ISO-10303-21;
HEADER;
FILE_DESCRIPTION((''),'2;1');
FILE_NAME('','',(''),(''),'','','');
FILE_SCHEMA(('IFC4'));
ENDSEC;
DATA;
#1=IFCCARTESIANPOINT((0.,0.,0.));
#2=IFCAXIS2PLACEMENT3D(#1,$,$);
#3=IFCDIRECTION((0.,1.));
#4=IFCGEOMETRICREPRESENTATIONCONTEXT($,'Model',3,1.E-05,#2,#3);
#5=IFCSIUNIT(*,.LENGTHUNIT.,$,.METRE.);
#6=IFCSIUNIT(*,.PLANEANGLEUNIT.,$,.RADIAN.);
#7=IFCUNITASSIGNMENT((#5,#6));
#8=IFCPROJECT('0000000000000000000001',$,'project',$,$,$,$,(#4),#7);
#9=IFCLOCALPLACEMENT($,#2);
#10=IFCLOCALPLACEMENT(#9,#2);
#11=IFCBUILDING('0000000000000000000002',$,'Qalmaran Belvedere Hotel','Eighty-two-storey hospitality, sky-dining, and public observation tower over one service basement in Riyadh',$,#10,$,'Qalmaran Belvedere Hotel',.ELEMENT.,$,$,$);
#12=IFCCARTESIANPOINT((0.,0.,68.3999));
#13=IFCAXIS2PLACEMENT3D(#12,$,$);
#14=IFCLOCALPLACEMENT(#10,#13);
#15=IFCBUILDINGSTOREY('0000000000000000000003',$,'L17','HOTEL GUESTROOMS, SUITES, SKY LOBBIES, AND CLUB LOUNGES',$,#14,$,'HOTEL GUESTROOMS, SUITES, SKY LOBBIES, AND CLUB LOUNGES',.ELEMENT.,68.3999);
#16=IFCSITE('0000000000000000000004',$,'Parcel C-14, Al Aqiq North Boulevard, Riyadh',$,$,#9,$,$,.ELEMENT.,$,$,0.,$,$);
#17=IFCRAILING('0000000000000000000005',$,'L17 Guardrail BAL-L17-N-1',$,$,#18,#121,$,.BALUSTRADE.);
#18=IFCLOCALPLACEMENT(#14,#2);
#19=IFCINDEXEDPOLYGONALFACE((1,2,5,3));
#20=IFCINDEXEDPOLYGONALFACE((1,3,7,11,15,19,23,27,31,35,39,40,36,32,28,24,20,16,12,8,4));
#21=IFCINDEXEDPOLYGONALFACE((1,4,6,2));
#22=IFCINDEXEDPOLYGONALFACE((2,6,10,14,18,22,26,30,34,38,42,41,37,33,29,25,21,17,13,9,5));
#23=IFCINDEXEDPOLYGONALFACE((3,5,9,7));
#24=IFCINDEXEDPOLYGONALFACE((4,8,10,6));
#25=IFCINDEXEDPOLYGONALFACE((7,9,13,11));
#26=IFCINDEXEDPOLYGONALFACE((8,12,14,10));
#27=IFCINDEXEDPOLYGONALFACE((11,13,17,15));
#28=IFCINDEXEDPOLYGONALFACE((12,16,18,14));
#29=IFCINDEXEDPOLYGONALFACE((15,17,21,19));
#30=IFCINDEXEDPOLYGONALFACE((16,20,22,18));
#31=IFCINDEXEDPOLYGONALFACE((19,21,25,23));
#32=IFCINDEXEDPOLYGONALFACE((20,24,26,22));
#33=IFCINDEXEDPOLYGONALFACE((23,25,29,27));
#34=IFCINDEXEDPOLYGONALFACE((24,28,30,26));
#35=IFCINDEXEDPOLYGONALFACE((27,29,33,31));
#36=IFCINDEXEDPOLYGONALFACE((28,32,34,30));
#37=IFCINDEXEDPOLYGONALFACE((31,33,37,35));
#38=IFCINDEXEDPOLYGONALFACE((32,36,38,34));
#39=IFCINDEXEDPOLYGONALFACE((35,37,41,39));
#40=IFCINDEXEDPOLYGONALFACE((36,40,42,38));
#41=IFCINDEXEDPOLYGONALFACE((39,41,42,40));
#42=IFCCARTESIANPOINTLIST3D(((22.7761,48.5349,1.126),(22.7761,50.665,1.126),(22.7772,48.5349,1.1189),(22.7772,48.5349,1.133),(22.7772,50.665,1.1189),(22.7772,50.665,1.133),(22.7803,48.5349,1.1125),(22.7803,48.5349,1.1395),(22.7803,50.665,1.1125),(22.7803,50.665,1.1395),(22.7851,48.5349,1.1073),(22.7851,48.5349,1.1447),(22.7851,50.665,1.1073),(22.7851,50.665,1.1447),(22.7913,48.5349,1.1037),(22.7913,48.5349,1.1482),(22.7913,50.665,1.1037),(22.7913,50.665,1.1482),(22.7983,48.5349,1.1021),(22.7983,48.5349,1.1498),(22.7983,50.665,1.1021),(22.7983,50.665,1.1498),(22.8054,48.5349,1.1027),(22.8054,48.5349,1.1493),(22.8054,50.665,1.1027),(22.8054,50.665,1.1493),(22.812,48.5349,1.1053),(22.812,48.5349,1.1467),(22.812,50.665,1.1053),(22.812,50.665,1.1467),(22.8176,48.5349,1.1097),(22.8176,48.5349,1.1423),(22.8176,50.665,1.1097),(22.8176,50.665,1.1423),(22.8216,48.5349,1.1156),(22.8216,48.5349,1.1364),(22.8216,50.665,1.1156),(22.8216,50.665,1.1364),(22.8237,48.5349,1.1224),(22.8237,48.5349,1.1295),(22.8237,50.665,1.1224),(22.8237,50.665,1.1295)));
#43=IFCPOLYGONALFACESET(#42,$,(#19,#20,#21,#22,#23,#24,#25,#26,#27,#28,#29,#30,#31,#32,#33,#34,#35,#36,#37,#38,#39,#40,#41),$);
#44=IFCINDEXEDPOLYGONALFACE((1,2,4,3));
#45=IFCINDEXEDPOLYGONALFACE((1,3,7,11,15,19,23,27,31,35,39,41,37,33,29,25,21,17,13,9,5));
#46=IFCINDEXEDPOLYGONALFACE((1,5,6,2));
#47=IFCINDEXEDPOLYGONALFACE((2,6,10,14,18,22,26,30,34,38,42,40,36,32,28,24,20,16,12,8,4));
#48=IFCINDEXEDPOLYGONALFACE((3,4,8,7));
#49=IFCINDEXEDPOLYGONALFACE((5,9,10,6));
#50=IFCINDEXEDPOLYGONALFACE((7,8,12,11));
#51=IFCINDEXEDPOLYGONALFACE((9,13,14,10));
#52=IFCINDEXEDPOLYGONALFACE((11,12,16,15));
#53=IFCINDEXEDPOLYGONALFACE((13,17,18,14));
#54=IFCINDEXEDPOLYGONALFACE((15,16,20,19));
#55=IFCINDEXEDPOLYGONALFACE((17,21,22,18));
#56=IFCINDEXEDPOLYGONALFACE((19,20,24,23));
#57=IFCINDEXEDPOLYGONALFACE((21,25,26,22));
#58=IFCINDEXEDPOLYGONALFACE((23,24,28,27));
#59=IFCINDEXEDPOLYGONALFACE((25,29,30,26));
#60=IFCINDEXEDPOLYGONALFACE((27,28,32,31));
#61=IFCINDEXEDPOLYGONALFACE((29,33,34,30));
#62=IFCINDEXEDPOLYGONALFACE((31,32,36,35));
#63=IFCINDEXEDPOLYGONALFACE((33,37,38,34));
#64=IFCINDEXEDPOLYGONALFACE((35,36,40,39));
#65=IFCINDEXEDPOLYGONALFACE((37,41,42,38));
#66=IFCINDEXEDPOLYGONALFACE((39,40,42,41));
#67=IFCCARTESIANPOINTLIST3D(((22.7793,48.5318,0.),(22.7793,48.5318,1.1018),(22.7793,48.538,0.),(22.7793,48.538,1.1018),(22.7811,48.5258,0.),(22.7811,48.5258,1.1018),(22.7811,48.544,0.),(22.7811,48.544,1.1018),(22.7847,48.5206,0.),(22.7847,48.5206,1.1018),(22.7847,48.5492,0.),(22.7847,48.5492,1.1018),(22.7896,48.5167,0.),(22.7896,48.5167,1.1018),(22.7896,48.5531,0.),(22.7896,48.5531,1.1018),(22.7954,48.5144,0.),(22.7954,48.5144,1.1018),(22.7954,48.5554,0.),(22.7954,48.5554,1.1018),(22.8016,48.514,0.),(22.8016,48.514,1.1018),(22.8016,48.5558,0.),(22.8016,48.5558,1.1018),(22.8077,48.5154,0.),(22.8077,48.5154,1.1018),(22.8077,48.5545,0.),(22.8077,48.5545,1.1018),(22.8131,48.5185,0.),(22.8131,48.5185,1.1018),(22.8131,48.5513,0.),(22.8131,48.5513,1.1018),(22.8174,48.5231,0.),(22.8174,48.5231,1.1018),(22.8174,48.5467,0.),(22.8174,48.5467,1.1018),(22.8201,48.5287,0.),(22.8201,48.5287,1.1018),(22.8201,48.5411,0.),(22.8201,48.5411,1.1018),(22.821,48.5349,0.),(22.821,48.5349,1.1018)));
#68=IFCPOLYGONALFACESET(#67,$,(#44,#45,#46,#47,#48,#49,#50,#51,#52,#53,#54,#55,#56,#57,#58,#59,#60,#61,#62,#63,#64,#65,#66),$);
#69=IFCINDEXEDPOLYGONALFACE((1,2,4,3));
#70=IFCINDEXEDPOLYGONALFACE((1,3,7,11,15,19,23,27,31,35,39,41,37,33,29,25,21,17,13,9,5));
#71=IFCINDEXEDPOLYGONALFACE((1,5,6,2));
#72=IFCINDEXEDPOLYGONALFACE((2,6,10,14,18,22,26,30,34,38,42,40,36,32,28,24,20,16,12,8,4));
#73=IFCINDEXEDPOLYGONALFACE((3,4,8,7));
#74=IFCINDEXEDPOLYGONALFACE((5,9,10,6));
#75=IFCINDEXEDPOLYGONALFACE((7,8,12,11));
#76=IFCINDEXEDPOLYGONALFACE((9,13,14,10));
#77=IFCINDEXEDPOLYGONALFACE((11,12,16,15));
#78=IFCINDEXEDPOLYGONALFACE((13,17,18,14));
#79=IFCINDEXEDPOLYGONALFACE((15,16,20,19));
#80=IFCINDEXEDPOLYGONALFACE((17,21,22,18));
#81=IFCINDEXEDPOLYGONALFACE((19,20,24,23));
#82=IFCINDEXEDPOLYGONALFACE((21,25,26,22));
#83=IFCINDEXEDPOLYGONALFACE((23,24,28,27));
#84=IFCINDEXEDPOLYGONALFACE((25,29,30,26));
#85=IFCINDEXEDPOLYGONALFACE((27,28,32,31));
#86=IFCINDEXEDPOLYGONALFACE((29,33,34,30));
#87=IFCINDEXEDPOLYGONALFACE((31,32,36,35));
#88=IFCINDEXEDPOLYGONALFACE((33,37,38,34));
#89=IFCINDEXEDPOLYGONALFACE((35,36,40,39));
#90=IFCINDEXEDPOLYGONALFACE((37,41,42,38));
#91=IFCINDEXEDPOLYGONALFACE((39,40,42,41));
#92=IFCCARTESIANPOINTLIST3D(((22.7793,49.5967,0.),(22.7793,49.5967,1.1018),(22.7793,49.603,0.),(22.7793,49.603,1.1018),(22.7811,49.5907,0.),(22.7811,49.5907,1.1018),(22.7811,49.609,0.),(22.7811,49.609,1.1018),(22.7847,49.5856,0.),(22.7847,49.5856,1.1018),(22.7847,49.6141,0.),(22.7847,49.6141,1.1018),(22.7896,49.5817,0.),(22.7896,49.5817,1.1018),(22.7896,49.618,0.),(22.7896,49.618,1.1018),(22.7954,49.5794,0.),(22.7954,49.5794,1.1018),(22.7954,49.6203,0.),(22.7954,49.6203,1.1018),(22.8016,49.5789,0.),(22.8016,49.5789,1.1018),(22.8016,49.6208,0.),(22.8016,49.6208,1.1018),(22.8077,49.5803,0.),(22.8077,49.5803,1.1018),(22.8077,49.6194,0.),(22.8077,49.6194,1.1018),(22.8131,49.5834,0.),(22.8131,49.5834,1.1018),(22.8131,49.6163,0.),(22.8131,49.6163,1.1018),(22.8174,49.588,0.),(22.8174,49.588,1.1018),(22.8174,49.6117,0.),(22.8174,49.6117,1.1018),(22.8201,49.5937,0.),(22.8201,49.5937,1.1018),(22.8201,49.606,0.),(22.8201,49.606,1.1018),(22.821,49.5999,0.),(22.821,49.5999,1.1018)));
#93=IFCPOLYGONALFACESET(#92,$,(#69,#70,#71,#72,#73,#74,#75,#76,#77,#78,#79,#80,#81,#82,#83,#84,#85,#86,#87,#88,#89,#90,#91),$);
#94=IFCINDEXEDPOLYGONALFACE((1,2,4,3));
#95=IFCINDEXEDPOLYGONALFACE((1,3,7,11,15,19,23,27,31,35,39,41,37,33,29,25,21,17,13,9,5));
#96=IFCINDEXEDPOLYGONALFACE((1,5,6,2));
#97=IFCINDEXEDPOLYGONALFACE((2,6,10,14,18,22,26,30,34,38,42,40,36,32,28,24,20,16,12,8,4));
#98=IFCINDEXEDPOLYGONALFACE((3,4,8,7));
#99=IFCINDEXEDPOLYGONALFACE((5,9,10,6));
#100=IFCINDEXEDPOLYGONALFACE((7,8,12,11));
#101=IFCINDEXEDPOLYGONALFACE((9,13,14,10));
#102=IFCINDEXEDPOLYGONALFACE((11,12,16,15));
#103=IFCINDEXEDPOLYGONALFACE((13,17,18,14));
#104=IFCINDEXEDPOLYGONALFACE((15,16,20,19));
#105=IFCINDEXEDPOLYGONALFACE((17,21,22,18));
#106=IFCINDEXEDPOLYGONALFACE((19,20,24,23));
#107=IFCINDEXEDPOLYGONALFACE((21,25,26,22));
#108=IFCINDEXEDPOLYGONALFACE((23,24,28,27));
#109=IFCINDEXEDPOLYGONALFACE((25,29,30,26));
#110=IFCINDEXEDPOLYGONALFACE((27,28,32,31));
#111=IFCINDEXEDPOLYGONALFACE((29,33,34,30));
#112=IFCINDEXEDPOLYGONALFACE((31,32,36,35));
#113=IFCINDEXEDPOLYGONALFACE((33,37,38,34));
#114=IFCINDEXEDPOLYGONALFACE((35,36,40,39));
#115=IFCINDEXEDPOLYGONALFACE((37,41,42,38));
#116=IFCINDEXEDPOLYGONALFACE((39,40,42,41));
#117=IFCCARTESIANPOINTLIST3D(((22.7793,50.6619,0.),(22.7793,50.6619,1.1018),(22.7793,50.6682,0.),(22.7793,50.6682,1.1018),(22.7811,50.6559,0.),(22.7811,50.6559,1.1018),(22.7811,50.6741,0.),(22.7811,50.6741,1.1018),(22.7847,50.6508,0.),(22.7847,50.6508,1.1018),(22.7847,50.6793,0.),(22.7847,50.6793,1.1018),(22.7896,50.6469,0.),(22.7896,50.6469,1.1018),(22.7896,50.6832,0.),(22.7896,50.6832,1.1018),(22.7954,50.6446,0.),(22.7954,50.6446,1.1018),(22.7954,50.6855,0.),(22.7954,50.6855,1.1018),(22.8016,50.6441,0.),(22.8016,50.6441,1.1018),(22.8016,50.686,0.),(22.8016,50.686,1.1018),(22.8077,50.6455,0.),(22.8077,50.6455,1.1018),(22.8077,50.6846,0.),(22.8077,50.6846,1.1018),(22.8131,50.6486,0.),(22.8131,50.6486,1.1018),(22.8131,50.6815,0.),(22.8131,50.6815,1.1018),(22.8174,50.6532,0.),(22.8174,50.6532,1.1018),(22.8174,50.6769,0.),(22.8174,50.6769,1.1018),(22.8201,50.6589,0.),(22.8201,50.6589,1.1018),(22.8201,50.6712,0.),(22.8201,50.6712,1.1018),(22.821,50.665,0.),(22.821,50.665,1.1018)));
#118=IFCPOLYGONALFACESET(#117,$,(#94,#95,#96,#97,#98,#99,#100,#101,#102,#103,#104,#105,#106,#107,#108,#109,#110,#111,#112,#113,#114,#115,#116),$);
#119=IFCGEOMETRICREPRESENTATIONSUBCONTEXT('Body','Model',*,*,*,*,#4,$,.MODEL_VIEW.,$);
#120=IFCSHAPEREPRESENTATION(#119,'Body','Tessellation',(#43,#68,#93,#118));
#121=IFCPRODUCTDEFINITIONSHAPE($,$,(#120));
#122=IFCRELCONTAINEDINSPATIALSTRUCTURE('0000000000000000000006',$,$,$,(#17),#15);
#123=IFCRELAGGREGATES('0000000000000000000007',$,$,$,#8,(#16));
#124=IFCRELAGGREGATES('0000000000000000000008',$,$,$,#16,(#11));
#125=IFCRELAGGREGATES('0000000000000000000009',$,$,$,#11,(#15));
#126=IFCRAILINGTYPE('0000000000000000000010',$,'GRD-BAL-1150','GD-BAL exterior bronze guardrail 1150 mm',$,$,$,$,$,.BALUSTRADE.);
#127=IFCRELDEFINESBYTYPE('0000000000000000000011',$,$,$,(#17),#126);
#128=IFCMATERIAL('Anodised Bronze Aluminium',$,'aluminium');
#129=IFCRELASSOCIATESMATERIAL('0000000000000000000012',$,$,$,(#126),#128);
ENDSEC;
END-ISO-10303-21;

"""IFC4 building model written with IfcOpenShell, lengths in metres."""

from ifc_helpers import new_model, si_unit, direction, frame, origin, origin_2d, place, context, subcontext, project, spatial, circle, extrude, material, type_object, element, save


model = new_model("IFC4")

# Units and contexts
model_context = context("Model", 3, precision=1e-05, world=origin(), true_north=direction((0.0, 1.0)))
body_context = subcontext(model_context, "Body", "Model", "MODEL_VIEW")
ifc_project = project(units=[si_unit("LENGTHUNIT", "METRE"), si_unit("PLANEANGLEUNIT", "RADIAN")], contexts=[model_context])

# Site, building, storey
site_placement = place(None, origin())
site = spatial("IfcSite", under=ifc_project, at=site_placement, Name="Parcel C-14, Al Aqiq North Boulevard, Riyadh", CompositionType="ELEMENT", RefElevation=0.0)
building_placement = place(site_placement, origin())
building = spatial("IfcBuilding", under=site, at=building_placement, Name="Qalmaran Belvedere Hotel", Description="Eighty-two-storey hospitality, sky-dining, and public observation tower over one service basement in Riyadh", LongName="Qalmaran Belvedere Hotel", CompositionType="ELEMENT")
storey_placement = place(building_placement, frame((0.0, 0.0, 68.3999)))
storey = spatial("IfcBuildingStorey", under=building, at=storey_placement, Name="L17", Description="HOTEL GUESTROOMS, SUITES, SKY LOBBIES, AND CLUB LOUNGES", LongName="HOTEL GUESTROOMS, SUITES, SKY LOBBIES, AND CLUB LOUNGES", CompositionType="ELEMENT", Elevation=68.3999)

# Shared definitions
ifc_material_1 = material(Name="Anodised Bronze Aluminium", Category="aluminium")

# Railing
railing_type = type_object("IfcRailingType", Name="GRD-BAL-1150", Description="GD-BAL exterior bronze guardrail 1150 mm", PredefinedType="BALUSTRADE", material=ifc_material_1)
railing_1_placement = place(storey_placement, frame((22.8, 48.5349, 0.0)))
element("IfcRailing", 1, at=railing_1_placement, inside=storey, type_object=railing_type, Name="L17 Guardrail BAL-L17-N-1", PredefinedType="BALUSTRADE", context=body_context, shape_type="SweptSolid", body=[
    extrude(circle(Radius=0.0239, at=origin_2d()), frame((0.0, 0.0, 1.126), z_axis=(0.0, 1.0, 0.0), x_axis=(-1.0, 0.0, 0.0)), (0.0, 0.0, 1.0), 2.1301),
    extrude(circle(Radius=0.021, at=origin_2d()), origin(), (0.0, 0.0, 1.0), 1.1018),
    extrude(circle(Radius=0.021, at=origin_2d()), frame((0.0, 1.0649, 0.0)), (0.0, 0.0, 1.0), 1.1018),
    extrude(circle(Radius=0.021, at=origin_2d()), frame((0.0, 2.1301, 0.0)), (0.0, 0.0, 1.0), 1.1018),
])

save(model, "model.ifc")
